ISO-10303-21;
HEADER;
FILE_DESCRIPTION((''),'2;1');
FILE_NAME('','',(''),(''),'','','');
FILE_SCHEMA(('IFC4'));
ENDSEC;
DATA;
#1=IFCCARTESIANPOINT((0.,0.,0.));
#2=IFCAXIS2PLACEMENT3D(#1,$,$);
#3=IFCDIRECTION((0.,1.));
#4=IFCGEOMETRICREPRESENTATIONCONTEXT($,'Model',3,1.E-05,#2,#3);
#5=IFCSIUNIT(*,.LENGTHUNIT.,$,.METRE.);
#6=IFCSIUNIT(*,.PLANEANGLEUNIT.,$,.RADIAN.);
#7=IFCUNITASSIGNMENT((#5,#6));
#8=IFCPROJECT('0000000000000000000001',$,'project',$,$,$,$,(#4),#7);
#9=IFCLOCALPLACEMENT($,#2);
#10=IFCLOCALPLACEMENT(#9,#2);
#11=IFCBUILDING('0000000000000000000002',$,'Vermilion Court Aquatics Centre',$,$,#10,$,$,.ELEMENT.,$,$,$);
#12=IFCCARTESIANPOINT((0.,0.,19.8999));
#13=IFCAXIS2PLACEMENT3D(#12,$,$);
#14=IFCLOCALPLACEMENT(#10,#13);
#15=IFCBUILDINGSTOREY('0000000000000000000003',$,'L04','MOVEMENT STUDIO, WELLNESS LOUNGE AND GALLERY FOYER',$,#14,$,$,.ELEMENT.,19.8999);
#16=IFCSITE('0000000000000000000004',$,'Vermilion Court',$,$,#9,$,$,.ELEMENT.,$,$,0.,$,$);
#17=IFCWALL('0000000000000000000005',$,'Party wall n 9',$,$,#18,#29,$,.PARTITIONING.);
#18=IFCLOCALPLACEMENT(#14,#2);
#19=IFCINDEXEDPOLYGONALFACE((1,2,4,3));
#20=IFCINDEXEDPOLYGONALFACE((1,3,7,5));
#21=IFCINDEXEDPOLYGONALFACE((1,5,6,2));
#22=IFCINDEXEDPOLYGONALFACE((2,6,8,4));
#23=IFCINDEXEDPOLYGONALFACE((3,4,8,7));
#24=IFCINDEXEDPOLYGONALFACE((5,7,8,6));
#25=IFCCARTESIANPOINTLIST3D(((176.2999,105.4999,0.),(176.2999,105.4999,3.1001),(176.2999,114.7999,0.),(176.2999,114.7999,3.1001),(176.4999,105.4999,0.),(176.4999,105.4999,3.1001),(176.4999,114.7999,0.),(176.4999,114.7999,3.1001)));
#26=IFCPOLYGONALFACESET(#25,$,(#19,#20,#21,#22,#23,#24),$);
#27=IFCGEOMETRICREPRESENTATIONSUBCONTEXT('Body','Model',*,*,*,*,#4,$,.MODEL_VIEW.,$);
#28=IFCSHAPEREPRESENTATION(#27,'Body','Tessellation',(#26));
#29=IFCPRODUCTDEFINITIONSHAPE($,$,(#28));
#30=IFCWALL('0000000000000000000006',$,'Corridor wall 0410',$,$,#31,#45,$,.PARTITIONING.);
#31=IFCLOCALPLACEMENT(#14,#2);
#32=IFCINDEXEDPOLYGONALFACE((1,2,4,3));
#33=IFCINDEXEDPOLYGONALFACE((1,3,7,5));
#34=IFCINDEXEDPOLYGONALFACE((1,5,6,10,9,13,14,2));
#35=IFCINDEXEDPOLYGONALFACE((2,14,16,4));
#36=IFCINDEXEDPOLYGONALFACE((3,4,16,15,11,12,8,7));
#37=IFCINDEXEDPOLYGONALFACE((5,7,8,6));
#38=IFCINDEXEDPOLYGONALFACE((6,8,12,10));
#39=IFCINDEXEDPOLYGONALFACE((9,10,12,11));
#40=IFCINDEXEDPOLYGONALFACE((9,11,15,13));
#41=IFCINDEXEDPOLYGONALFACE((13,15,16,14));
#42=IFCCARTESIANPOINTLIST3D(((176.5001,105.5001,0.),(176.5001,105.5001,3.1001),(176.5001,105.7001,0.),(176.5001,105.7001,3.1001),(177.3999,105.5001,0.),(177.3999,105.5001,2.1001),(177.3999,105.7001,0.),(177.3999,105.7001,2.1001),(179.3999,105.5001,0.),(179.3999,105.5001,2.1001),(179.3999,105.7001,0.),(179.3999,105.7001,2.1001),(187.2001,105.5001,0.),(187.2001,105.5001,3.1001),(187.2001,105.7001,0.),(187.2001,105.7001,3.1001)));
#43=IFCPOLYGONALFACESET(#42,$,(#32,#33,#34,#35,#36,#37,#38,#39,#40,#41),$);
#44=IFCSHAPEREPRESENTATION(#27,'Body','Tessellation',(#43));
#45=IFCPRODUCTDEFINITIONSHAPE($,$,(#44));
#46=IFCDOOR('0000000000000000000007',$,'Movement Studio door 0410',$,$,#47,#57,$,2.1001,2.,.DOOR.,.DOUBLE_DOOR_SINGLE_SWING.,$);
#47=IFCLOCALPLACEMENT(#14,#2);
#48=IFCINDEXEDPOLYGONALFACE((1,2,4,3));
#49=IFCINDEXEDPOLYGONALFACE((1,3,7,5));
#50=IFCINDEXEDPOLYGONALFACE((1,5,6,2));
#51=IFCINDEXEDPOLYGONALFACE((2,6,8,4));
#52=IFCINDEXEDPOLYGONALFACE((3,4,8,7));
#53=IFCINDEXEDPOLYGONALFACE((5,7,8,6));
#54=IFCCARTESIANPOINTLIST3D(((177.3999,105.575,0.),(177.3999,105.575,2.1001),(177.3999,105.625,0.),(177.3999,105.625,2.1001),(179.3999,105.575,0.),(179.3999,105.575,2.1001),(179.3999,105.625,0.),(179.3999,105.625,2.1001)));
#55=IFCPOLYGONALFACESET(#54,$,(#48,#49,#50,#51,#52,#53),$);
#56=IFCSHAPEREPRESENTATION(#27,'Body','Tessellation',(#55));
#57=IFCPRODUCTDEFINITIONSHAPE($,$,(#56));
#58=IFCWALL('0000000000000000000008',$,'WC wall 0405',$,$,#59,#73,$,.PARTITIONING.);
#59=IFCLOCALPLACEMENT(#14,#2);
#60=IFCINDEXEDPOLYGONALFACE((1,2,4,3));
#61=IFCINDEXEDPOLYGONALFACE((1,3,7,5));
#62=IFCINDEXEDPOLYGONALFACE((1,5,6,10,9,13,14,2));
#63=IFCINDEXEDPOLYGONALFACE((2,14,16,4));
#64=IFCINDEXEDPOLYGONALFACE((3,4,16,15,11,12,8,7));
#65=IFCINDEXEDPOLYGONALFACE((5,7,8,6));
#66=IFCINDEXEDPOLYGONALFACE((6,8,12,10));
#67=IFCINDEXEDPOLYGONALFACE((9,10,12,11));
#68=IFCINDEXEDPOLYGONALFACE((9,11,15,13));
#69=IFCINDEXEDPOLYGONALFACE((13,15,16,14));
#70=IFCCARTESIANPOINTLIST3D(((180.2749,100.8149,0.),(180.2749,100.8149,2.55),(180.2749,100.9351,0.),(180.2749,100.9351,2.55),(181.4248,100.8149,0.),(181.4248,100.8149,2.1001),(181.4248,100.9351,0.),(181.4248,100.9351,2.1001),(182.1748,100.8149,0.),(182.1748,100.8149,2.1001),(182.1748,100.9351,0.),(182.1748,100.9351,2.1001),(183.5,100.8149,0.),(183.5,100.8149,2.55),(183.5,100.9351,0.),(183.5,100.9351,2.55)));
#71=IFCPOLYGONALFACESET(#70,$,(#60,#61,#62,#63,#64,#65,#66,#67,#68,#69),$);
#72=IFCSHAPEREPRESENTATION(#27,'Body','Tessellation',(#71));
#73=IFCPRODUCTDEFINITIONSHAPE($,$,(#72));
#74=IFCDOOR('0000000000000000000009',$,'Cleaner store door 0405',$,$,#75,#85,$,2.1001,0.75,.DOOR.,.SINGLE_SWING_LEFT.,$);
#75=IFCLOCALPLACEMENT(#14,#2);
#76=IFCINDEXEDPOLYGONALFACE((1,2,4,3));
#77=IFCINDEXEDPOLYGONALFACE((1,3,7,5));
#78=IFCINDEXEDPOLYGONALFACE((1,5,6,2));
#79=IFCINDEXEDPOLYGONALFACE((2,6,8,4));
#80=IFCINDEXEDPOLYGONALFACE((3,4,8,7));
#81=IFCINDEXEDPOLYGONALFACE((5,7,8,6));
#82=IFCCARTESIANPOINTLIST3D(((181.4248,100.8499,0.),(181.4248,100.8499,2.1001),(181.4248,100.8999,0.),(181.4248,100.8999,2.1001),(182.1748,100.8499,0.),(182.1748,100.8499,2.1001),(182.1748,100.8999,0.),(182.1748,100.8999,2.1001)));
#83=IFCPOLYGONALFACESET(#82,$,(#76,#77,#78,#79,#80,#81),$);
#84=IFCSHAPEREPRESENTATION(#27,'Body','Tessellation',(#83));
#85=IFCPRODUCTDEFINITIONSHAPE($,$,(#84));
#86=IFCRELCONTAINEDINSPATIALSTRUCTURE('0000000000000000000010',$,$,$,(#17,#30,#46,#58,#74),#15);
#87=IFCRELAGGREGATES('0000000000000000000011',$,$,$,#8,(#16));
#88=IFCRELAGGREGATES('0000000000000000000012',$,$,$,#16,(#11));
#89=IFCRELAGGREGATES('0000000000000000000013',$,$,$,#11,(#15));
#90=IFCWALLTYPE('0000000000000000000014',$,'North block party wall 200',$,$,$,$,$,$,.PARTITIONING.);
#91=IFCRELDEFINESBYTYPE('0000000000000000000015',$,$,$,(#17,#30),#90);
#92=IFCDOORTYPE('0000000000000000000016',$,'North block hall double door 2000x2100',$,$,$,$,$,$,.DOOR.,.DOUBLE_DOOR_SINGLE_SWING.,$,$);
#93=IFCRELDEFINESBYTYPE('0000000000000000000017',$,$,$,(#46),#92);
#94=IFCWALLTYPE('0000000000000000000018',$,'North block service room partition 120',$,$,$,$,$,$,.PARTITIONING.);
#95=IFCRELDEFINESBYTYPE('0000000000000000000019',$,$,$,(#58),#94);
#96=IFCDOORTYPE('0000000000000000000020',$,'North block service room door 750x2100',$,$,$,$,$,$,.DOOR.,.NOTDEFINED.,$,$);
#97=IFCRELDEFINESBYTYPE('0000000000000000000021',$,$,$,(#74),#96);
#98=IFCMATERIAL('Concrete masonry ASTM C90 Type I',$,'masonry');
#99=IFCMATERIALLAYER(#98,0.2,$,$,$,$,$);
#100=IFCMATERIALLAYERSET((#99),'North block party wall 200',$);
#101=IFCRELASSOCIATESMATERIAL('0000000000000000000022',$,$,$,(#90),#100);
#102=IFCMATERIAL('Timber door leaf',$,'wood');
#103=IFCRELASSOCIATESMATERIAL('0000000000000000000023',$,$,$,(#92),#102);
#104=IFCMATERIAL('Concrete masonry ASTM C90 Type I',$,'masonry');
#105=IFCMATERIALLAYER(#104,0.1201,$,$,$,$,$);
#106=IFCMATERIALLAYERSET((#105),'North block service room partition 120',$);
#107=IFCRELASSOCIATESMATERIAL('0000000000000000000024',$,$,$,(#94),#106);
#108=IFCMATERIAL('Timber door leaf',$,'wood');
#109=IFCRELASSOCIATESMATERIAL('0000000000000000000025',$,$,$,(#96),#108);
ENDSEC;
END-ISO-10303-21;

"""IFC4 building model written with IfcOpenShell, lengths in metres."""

from ifc_helpers import new_model, si_unit, direction, frame, frame_2d, origin, place, context, subcontext, project, spatial, rectangle, extrude, material, layer, layer_set, type_object, element, fill, save


model = new_model("IFC4")

# Units and contexts
model_context = context("Model", 3, precision=1e-05, world=origin(), true_north=direction((0.0, 1.0)))
body_context = subcontext(model_context, "Body", "Model", "MODEL_VIEW")
ifc_project = project(units=[si_unit("LENGTHUNIT", "METRE"), si_unit("PLANEANGLEUNIT", "RADIAN")], contexts=[model_context])

# Site, building, storey
site_placement = place(None, origin())
site = spatial("IfcSite", under=ifc_project, at=site_placement, Name="Vermilion Court", CompositionType="ELEMENT", RefElevation=0.0)
building_placement = place(site_placement, origin())
building = spatial("IfcBuilding", under=site, at=building_placement, Name="Vermilion Court Aquatics Centre", CompositionType="ELEMENT")
storey_placement = place(building_placement, frame((0.0, 0.0, 19.8999)))
storey = spatial("IfcBuildingStorey", under=building, at=storey_placement, Name="L04", Description="MOVEMENT STUDIO, WELLNESS LOUNGE AND GALLERY FOYER", CompositionType="ELEMENT", Elevation=19.8999)

# Shared definitions
ifc_material_1 = material(Name="Concrete masonry ASTM C90 Type I", Category="masonry")
ifc_layer_1 = layer(ifc_material_1, 0.2)
ifc_layer_set_1 = layer_set([ifc_layer_1], Name="North block party wall 200")
wall_type_1 = type_object("IfcWallType", Name="North block party wall 200", PredefinedType="PARTITIONING", material=ifc_layer_set_1)

# Shared definitions
ifc_material_2 = material(Name="Timber door leaf", Category="wood")
door_type_1 = type_object("IfcDoorType", Name="North block hall double door 2000x2100", OperationType="DOUBLE_DOOR_SINGLE_SWING", PredefinedType="DOOR", material=ifc_material_2)

# Wall
wall_1_placement = place(storey_placement, frame((176.3999, 105.5, 0.0), z_axis=(0.0, 0.0, 1.0), x_axis=(0.0, 1.0, 0.0)))
element("IfcWall", 1, at=wall_1_placement, inside=storey, type_object=wall_type_1, Name="Party wall n 9", PredefinedType="PARTITIONING", context=body_context, shape_type="SweptSolid", body=[
    extrude(rectangle(XDim=9.3, YDim=0.2, at=frame_2d((4.6499, 0.0))), origin(), (0.0, 0.0, 1.0), 3.1001),
])

# Walls, openings, doors
wall_2_placement = place(storey_placement, frame((176.5, 105.6001, 0.0), z_axis=(0.0, 0.0, 1.0), x_axis=(1.0, 0.0, 0.0)))
wall_2 = element("IfcWall", 2, at=wall_2_placement, inside=storey, type_object=wall_type_1, Name="Corridor wall 0410", PredefinedType="PARTITIONING", context=body_context, shape_type="SweptSolid", body=[
    extrude(rectangle(XDim=10.7, YDim=0.2, at=frame_2d((5.3501, 0.0))), origin(), (0.0, 0.0, 1.0), 3.1001),
])
opening_1_placement = place(wall_2_placement, frame((0.8999, 0.0, 0.0)))
opening_1 = element("IfcOpeningElement", 3, at=opening_1_placement, cuts=wall_2, PredefinedType="OPENING", context=body_context, shape_type="SweptSolid", body=[
    extrude(rectangle(XDim=2.0, YDim=2.1001, at=frame_2d((1.0, 1.05))), frame((0.0, 0.1099, 0.0), z_axis=(0.0, -1.0, 0.0), x_axis=(1.0, 0.0, 0.0)), (0.0, 0.0, 1.0), 0.22),
])
door_1_placement = place(opening_1_placement, frame((2.0, 0.0, 0.0), z_axis=(0.0, 0.0, 1.0), x_axis=(-1.0, 0.0, 0.0)))
door_1 = element("IfcDoor", 4, at=door_1_placement, inside=storey, type_object=door_type_1, Name="Movement Studio door 0410", OperationType="DOUBLE_DOOR_SINGLE_SWING", OverallHeight=2.1001, OverallWidth=2.0, PredefinedType="DOOR", context=body_context, shape_type="SweptSolid", body=[
    extrude(rectangle(XDim=2.0, YDim=2.1001, at=frame_2d((1.0, 1.05))), frame((0.0, 0.0251, 0.0), z_axis=(0.0, -1.0, 0.0), x_axis=(1.0, 0.0, 0.0)), (0.0, 0.0, 1.0), 0.05),
])
fill(opening_1, door_1)
ifc_material_3 = material(Name="Concrete masonry ASTM C90 Type I", Category="masonry")
ifc_layer_2 = layer(ifc_material_3, 0.1201)
ifc_layer_set_2 = layer_set([ifc_layer_2], Name="North block service room partition 120")
wall_type_2 = type_object("IfcWallType", Name="North block service room partition 120", PredefinedType="PARTITIONING", material=ifc_layer_set_2)
wall_3_placement = place(storey_placement, frame((180.2749, 100.875, 0.0), z_axis=(0.0, 0.0, 1.0), x_axis=(1.0, 0.0, 0.0)))
wall_3 = element("IfcWall", 5, at=wall_3_placement, inside=storey, type_object=wall_type_2, Name="WC wall 0405", PredefinedType="PARTITIONING", context=body_context, shape_type="SweptSolid", body=[
    extrude(rectangle(XDim=3.2251, YDim=0.1201, at=frame_2d((1.6125, 0.0))), origin(), (0.0, 0.0, 1.0), 2.55),
])
opening_2_placement = place(wall_3_placement, frame((1.1499, 0.0, 0.0)))
opening_2 = element("IfcOpeningElement", 6, at=opening_2_placement, cuts=wall_3, PredefinedType="OPENING", context=body_context, shape_type="SweptSolid", body=[
    extrude(rectangle(XDim=0.75, YDim=2.1001, at=frame_2d((0.375, 1.05))), frame((0.0, 0.0701, 0.0), z_axis=(0.0, -1.0, 0.0), x_axis=(1.0, 0.0, 0.0)), (0.0, 0.0, 1.0), 0.1401),
])
ifc_material_4 = material(Name="Timber door leaf", Category="wood")
door_type_2 = type_object("IfcDoorType", Name="North block service room door 750x2100", OperationType="NOTDEFINED", PredefinedType="DOOR", material=ifc_material_4)
door_2_placement = place(opening_2_placement, origin())
door_2 = element("IfcDoor", 7, at=door_2_placement, inside=storey, type_object=door_type_2, Name="Cleaner store door 0405", OperationType="SINGLE_SWING_LEFT", OverallHeight=2.1001, OverallWidth=0.75, PredefinedType="DOOR", context=body_context, shape_type="SweptSolid", body=[
    extrude(rectangle(XDim=0.75, YDim=2.1001, at=frame_2d((0.375, 1.05))), frame((0.0, 0.0249, 0.0), z_axis=(0.0, -1.0, 0.0), x_axis=(1.0, 0.0, 0.0)), (0.0, 0.0, 1.0), 0.05),
])
fill(opening_2, door_2)

save(model, "model.ifc")
